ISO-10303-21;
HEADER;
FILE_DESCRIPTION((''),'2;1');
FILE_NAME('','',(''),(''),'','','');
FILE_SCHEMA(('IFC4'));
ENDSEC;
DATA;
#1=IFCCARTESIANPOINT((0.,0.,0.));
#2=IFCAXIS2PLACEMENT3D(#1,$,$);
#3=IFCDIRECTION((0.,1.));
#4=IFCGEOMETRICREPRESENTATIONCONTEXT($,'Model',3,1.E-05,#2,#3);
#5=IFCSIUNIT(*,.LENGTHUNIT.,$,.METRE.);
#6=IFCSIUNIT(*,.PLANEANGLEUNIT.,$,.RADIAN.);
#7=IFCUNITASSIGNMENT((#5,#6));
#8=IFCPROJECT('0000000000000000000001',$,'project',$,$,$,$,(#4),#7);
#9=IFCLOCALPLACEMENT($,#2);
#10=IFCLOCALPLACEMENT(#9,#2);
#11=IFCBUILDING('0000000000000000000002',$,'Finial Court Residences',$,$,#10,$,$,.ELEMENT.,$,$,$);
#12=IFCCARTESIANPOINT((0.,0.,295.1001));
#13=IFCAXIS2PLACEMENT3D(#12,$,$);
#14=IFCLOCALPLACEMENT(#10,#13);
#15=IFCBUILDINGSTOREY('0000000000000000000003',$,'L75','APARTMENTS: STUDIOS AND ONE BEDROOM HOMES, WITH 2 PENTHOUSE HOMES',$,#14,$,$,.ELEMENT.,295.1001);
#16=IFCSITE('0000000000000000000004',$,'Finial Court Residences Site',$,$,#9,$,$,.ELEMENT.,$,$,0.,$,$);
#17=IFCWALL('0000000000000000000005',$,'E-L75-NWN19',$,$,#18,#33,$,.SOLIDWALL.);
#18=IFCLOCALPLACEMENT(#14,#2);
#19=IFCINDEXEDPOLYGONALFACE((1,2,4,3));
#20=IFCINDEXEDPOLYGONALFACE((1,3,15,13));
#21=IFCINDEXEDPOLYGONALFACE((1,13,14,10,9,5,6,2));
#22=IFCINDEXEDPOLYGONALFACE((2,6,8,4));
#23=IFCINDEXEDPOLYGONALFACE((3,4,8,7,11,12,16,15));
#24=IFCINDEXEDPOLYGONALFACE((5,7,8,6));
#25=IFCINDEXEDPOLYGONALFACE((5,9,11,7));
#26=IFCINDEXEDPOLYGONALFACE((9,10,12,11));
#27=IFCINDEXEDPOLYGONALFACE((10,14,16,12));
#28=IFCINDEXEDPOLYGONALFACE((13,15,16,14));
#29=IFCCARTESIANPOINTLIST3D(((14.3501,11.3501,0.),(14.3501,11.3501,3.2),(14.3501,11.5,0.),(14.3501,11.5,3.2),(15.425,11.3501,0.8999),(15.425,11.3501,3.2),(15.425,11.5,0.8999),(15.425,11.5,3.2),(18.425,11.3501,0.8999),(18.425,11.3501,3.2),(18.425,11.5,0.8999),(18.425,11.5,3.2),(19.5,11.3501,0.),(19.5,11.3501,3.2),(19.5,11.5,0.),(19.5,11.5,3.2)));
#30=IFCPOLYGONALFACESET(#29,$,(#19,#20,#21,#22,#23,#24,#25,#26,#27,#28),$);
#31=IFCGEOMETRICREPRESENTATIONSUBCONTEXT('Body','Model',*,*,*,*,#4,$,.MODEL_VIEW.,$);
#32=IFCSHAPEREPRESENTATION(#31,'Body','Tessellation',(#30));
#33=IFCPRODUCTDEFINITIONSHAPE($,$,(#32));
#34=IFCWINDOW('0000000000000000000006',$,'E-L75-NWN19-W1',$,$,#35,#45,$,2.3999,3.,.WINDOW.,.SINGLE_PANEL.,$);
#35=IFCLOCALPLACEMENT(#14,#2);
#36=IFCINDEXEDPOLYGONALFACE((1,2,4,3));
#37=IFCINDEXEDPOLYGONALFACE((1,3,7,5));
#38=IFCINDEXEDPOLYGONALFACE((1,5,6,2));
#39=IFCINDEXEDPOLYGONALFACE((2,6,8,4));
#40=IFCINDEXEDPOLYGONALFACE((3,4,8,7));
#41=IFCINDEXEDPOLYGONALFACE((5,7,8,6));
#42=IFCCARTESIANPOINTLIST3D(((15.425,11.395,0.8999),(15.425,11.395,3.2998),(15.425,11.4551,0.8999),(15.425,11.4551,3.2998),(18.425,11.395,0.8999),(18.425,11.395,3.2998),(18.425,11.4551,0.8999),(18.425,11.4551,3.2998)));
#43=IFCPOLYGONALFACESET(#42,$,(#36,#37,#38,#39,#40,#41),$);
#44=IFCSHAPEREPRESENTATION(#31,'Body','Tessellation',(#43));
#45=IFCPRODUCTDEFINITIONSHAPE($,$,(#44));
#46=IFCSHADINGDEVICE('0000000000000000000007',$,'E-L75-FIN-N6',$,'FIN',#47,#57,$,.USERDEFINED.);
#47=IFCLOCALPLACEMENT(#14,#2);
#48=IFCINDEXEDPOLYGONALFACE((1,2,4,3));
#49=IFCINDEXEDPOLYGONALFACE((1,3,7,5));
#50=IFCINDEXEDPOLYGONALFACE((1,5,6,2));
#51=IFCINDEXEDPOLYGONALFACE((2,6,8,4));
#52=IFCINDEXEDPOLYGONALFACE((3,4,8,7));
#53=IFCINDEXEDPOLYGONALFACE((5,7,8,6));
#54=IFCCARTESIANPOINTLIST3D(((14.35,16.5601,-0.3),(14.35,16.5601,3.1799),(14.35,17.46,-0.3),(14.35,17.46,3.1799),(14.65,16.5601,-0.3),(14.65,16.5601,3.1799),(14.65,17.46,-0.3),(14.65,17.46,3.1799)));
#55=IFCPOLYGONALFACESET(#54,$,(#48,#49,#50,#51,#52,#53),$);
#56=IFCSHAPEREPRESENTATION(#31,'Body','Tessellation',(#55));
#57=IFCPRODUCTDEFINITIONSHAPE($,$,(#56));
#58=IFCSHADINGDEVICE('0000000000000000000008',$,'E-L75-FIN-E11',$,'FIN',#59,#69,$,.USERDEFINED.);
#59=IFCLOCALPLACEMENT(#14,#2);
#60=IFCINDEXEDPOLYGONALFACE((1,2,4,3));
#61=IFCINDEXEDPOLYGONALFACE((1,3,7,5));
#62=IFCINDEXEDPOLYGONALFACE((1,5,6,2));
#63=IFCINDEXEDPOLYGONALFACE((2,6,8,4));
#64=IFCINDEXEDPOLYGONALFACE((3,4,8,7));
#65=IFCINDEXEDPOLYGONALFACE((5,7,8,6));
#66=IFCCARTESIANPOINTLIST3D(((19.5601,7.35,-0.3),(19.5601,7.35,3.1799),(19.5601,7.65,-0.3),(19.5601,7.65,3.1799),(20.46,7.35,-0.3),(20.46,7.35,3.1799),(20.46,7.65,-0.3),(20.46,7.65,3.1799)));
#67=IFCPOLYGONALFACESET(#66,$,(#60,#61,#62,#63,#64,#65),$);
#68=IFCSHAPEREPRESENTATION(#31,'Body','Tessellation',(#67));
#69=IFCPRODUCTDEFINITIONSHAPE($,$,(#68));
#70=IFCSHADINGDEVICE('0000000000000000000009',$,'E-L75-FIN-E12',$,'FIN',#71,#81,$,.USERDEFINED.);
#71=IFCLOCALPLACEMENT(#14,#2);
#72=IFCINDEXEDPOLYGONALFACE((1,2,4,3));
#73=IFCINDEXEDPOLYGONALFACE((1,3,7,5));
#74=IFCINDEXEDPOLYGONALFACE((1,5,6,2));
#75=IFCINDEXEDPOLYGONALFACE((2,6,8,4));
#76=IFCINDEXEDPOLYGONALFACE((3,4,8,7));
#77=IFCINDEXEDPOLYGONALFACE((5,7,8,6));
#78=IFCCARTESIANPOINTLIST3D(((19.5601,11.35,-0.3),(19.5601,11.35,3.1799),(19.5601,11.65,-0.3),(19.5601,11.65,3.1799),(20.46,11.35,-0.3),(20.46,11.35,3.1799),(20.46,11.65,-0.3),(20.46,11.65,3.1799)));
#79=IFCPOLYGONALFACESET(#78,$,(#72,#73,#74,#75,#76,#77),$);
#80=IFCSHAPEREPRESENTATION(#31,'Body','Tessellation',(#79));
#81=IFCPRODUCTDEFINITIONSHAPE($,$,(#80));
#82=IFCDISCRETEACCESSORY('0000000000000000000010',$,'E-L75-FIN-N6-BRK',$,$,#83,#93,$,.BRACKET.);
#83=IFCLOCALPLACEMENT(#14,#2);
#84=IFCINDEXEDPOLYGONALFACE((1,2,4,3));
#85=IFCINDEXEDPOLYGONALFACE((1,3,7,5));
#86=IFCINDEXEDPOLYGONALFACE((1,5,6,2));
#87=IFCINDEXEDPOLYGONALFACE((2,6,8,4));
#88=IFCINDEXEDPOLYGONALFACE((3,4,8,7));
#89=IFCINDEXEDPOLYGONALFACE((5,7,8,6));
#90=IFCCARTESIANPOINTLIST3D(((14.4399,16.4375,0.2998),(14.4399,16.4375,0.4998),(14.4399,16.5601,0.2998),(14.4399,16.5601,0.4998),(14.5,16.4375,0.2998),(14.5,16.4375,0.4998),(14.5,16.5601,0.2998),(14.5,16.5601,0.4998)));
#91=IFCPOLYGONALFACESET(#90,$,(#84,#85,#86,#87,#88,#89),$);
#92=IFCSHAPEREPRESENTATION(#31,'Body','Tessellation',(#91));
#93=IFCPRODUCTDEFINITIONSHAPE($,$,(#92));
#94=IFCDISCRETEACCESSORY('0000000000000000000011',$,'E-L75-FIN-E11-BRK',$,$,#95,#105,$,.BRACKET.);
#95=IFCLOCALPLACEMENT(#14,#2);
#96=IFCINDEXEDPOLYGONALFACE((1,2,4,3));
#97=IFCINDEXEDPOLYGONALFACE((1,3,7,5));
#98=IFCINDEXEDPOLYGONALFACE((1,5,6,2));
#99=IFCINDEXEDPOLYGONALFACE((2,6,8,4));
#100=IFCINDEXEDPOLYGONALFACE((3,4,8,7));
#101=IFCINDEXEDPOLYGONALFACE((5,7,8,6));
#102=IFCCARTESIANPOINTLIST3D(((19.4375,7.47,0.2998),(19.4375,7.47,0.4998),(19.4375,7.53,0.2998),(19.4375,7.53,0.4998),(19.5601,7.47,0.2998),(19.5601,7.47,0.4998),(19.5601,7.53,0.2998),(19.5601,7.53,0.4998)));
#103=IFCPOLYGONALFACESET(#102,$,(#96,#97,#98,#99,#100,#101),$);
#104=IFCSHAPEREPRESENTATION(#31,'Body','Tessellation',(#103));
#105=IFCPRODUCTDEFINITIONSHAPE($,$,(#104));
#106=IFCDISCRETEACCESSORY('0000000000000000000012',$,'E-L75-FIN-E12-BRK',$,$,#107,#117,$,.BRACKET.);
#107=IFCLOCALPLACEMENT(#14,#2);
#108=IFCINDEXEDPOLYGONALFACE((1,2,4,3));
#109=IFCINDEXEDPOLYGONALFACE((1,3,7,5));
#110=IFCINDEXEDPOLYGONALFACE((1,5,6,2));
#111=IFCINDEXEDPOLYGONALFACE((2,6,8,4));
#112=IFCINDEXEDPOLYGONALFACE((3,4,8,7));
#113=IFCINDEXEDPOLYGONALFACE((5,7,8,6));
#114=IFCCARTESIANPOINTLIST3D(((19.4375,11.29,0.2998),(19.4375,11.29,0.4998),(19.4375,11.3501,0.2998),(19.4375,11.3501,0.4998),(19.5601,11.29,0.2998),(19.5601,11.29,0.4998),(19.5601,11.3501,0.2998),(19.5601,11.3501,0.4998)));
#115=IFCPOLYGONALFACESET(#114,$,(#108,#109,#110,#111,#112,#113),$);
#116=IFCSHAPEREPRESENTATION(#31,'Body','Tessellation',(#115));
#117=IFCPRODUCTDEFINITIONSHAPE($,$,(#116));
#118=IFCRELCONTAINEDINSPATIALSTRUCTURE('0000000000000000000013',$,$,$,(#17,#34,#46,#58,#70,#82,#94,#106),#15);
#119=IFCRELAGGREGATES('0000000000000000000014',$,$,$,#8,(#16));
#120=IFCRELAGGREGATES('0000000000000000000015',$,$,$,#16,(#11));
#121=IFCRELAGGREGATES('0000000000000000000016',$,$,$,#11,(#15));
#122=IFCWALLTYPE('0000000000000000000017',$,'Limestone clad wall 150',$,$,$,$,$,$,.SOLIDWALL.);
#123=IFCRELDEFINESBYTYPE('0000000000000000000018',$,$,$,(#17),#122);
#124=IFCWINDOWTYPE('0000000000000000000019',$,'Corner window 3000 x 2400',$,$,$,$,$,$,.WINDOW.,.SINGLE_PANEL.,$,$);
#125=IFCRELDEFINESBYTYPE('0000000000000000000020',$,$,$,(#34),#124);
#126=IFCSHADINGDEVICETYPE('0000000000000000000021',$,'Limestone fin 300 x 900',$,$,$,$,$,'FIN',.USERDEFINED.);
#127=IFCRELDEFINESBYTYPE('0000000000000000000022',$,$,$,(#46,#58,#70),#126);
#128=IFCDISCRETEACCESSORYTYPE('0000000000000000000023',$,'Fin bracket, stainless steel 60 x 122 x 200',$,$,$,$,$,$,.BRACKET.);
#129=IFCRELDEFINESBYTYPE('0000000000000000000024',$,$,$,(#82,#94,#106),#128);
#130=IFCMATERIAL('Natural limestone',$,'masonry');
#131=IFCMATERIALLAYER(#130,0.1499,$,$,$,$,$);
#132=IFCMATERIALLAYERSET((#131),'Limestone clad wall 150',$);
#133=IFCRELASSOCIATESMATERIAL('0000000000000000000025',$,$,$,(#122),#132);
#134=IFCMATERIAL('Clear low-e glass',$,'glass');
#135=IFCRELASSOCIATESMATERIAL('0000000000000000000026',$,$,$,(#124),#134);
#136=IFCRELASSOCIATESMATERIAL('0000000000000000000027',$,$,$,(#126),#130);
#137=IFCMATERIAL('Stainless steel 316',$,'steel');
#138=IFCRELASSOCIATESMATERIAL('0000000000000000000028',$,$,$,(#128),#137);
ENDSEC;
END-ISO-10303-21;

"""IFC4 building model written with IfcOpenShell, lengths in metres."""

from ifc_helpers import new_model, si_unit, direction, frame, frame_2d, origin, origin_2d, place, context, subcontext, project, spatial, rectangle, extrude, material, layer, layer_set, type_object, element, fill, save


model = new_model("IFC4")

# Units and contexts
model_context = context("Model", 3, precision=1e-05, world=origin(), true_north=direction((0.0, 1.0)))
body_context = subcontext(model_context, "Body", "Model", "MODEL_VIEW")
ifc_project = project(units=[si_unit("LENGTHUNIT", "METRE"), si_unit("PLANEANGLEUNIT", "RADIAN")], contexts=[model_context])

# Site, building, storey
site_placement = place(None, origin())
site = spatial("IfcSite", under=ifc_project, at=site_placement, Name="Finial Court Residences Site", CompositionType="ELEMENT", RefElevation=0.0)
building_placement = place(site_placement, origin())
building = spatial("IfcBuilding", under=site, at=building_placement, Name="Finial Court Residences", CompositionType="ELEMENT")
storey_placement = place(building_placement, frame((0.0, 0.0, 295.1001)))
storey = spatial("IfcBuildingStorey", under=building, at=storey_placement, Name="L75", Description="APARTMENTS: STUDIOS AND ONE BEDROOM HOMES, WITH 2 PENTHOUSE HOMES", CompositionType="ELEMENT", Elevation=295.1001)

# Shared definitions
ifc_material_1 = material(Name="Clear low-e glass", Category="glass")

# Wall, opening, window
ifc_material_2 = material(Name="Natural limestone", Category="masonry")
ifc_layer_1 = layer(ifc_material_2, 0.1499)
ifc_layer_set_1 = layer_set([ifc_layer_1], Name="Limestone clad wall 150")
wall_type_1 = type_object("IfcWallType", Name="Limestone clad wall 150", PredefinedType="SOLIDWALL", material=ifc_layer_set_1)
window_type = type_object("IfcWindowType", Name="Corner window 3000 x 2400", PartitioningType="SINGLE_PANEL", PredefinedType="WINDOW", material=ifc_material_1)
wall_1_placement = place(storey_placement, frame((14.3501, 11.425, 0.0), z_axis=(0.0, 0.0, 1.0), x_axis=(1.0, 0.0, 0.0)))
wall_1 = element("IfcWall", 1, at=wall_1_placement, inside=storey, type_object=wall_type_1, Name="E-L75-NWN19", PredefinedType="SOLIDWALL", context=body_context, shape_type="SweptSolid", body=[
    extrude(rectangle(XDim=5.1499, YDim=0.1499, at=frame_2d((2.575, 0.0))), origin(), (0.0, 0.0, 1.0), 3.2),
])
opening_1_placement = place(wall_1_placement, frame((1.075, 0.0, 0.8999)))
opening_1 = element("IfcOpeningElement", 2, at=opening_1_placement, cuts=wall_1, PredefinedType="OPENING", context=body_context, shape_type="SweptSolid", body=[
    extrude(rectangle(XDim=3.0, YDim=2.3999, at=frame_2d((1.5, 1.2))), frame((0.0, 0.085, 0.0), z_axis=(0.0, -1.0, 0.0), x_axis=(1.0, 0.0, 0.0)), (0.0, 0.0, 1.0), 0.1699),
])
window_1_placement = place(opening_1_placement, origin())
window_1 = element("IfcWindow", 3, at=window_1_placement, inside=storey, type_object=window_type, Name="E-L75-NWN19-W1", OverallHeight=2.3999, OverallWidth=3.0, PartitioningType="SINGLE_PANEL", PredefinedType="WINDOW", context=body_context, shape_type="SweptSolid", body=[
    extrude(rectangle(XDim=3.0, YDim=2.3999, at=frame_2d((1.5, 1.2))), frame((0.0, 0.03, 0.0), z_axis=(0.0, -1.0, 0.0), x_axis=(1.0, 0.0, 0.0)), (0.0, 0.0, 1.0), 0.0601),
])
fill(opening_1, window_1)

# Shading devices
shading_device_type = type_object("IfcShadingDeviceType", Name="Limestone fin 300 x 900", ElementType="FIN", PredefinedType="USERDEFINED", material=ifc_material_2)
shading_device_placement = place(storey_placement, frame((14.5, 17.01, -0.3), z_axis=(0.0, 0.0, 1.0), x_axis=(1.0, 0.0, 0.0)))
element("IfcShadingDevice", 4, at=shading_device_placement, inside=storey, type_object=shading_device_type, Name="E-L75-FIN-N6", ObjectType="FIN", PredefinedType="USERDEFINED", context=body_context, shape_type="SweptSolid", body=[
    extrude(rectangle(XDim=0.3, YDim=0.8999, at=origin_2d()), origin(), (0.0, 0.0, 1.0), 3.48),
])
for number, where, z_axis, x_axis, name in (
    (5, (20.01, 7.5, -0.3), (0.0, 0.0, 1.0), (1.0, 0.0, 0.0), "E-L75-FIN-E11"),
    (6, (20.01, 11.5, -0.3), (0.0, 0.0, 1.0), (1.0, 0.0, 0.0), "E-L75-FIN-E12"),
):
    element("IfcShadingDevice", number, at=place(storey_placement, frame(where, z_axis=z_axis, x_axis=x_axis)), inside=storey, type_object=shading_device_type, Name=name, ObjectType="FIN", PredefinedType="USERDEFINED", context=body_context, shape_type="SweptSolid", body=[
        extrude(rectangle(XDim=0.8999, YDim=0.3, at=origin_2d()), origin(), (0.0, 0.0, 1.0), 3.48),
    ])

# Discrete accessories
ifc_material_3 = material(Name="Stainless steel 316", Category="steel")
discrete_accessory_type = type_object("IfcDiscreteAccessoryType", Name="Fin bracket, stainless steel 60 x 122 x 200", PredefinedType="BRACKET", material=ifc_material_3)
discrete_accessory_placement = place(storey_placement, frame((14.47, 16.4988, 0.2998), z_axis=(0.0, 0.0, 1.0), x_axis=(1.0, 0.0, 0.0)))
element("IfcDiscreteAccessory", 7, at=discrete_accessory_placement, inside=storey, type_object=discrete_accessory_type, Name="E-L75-FIN-N6-BRK", PredefinedType="BRACKET", context=body_context, shape_type="SweptSolid", body=[
    extrude(rectangle(XDim=0.0601, YDim=0.1226, at=origin_2d()), origin(), (0.0, 0.0, 1.0), 0.2),
])
for number, where, z_axis, x_axis, name in (
    (8, (19.4988, 7.5, 0.2998), (0.0, 0.0, 1.0), (1.0, 0.0, 0.0), "E-L75-FIN-E11-BRK"),
    (9, (19.4988, 11.3201, 0.2998), (0.0, 0.0, 1.0), (1.0, 0.0, 0.0), "E-L75-FIN-E12-BRK"),
):
    element("IfcDiscreteAccessory", number, at=place(storey_placement, frame(where, z_axis=z_axis, x_axis=x_axis)), inside=storey, type_object=discrete_accessory_type, Name=name, PredefinedType="BRACKET", context=body_context, shape_type="SweptSolid", body=[
        extrude(rectangle(XDim=0.1226, YDim=0.0601, at=origin_2d()), origin(), (0.0, 0.0, 1.0), 0.2),
    ])

save(model, "model.ifc")
